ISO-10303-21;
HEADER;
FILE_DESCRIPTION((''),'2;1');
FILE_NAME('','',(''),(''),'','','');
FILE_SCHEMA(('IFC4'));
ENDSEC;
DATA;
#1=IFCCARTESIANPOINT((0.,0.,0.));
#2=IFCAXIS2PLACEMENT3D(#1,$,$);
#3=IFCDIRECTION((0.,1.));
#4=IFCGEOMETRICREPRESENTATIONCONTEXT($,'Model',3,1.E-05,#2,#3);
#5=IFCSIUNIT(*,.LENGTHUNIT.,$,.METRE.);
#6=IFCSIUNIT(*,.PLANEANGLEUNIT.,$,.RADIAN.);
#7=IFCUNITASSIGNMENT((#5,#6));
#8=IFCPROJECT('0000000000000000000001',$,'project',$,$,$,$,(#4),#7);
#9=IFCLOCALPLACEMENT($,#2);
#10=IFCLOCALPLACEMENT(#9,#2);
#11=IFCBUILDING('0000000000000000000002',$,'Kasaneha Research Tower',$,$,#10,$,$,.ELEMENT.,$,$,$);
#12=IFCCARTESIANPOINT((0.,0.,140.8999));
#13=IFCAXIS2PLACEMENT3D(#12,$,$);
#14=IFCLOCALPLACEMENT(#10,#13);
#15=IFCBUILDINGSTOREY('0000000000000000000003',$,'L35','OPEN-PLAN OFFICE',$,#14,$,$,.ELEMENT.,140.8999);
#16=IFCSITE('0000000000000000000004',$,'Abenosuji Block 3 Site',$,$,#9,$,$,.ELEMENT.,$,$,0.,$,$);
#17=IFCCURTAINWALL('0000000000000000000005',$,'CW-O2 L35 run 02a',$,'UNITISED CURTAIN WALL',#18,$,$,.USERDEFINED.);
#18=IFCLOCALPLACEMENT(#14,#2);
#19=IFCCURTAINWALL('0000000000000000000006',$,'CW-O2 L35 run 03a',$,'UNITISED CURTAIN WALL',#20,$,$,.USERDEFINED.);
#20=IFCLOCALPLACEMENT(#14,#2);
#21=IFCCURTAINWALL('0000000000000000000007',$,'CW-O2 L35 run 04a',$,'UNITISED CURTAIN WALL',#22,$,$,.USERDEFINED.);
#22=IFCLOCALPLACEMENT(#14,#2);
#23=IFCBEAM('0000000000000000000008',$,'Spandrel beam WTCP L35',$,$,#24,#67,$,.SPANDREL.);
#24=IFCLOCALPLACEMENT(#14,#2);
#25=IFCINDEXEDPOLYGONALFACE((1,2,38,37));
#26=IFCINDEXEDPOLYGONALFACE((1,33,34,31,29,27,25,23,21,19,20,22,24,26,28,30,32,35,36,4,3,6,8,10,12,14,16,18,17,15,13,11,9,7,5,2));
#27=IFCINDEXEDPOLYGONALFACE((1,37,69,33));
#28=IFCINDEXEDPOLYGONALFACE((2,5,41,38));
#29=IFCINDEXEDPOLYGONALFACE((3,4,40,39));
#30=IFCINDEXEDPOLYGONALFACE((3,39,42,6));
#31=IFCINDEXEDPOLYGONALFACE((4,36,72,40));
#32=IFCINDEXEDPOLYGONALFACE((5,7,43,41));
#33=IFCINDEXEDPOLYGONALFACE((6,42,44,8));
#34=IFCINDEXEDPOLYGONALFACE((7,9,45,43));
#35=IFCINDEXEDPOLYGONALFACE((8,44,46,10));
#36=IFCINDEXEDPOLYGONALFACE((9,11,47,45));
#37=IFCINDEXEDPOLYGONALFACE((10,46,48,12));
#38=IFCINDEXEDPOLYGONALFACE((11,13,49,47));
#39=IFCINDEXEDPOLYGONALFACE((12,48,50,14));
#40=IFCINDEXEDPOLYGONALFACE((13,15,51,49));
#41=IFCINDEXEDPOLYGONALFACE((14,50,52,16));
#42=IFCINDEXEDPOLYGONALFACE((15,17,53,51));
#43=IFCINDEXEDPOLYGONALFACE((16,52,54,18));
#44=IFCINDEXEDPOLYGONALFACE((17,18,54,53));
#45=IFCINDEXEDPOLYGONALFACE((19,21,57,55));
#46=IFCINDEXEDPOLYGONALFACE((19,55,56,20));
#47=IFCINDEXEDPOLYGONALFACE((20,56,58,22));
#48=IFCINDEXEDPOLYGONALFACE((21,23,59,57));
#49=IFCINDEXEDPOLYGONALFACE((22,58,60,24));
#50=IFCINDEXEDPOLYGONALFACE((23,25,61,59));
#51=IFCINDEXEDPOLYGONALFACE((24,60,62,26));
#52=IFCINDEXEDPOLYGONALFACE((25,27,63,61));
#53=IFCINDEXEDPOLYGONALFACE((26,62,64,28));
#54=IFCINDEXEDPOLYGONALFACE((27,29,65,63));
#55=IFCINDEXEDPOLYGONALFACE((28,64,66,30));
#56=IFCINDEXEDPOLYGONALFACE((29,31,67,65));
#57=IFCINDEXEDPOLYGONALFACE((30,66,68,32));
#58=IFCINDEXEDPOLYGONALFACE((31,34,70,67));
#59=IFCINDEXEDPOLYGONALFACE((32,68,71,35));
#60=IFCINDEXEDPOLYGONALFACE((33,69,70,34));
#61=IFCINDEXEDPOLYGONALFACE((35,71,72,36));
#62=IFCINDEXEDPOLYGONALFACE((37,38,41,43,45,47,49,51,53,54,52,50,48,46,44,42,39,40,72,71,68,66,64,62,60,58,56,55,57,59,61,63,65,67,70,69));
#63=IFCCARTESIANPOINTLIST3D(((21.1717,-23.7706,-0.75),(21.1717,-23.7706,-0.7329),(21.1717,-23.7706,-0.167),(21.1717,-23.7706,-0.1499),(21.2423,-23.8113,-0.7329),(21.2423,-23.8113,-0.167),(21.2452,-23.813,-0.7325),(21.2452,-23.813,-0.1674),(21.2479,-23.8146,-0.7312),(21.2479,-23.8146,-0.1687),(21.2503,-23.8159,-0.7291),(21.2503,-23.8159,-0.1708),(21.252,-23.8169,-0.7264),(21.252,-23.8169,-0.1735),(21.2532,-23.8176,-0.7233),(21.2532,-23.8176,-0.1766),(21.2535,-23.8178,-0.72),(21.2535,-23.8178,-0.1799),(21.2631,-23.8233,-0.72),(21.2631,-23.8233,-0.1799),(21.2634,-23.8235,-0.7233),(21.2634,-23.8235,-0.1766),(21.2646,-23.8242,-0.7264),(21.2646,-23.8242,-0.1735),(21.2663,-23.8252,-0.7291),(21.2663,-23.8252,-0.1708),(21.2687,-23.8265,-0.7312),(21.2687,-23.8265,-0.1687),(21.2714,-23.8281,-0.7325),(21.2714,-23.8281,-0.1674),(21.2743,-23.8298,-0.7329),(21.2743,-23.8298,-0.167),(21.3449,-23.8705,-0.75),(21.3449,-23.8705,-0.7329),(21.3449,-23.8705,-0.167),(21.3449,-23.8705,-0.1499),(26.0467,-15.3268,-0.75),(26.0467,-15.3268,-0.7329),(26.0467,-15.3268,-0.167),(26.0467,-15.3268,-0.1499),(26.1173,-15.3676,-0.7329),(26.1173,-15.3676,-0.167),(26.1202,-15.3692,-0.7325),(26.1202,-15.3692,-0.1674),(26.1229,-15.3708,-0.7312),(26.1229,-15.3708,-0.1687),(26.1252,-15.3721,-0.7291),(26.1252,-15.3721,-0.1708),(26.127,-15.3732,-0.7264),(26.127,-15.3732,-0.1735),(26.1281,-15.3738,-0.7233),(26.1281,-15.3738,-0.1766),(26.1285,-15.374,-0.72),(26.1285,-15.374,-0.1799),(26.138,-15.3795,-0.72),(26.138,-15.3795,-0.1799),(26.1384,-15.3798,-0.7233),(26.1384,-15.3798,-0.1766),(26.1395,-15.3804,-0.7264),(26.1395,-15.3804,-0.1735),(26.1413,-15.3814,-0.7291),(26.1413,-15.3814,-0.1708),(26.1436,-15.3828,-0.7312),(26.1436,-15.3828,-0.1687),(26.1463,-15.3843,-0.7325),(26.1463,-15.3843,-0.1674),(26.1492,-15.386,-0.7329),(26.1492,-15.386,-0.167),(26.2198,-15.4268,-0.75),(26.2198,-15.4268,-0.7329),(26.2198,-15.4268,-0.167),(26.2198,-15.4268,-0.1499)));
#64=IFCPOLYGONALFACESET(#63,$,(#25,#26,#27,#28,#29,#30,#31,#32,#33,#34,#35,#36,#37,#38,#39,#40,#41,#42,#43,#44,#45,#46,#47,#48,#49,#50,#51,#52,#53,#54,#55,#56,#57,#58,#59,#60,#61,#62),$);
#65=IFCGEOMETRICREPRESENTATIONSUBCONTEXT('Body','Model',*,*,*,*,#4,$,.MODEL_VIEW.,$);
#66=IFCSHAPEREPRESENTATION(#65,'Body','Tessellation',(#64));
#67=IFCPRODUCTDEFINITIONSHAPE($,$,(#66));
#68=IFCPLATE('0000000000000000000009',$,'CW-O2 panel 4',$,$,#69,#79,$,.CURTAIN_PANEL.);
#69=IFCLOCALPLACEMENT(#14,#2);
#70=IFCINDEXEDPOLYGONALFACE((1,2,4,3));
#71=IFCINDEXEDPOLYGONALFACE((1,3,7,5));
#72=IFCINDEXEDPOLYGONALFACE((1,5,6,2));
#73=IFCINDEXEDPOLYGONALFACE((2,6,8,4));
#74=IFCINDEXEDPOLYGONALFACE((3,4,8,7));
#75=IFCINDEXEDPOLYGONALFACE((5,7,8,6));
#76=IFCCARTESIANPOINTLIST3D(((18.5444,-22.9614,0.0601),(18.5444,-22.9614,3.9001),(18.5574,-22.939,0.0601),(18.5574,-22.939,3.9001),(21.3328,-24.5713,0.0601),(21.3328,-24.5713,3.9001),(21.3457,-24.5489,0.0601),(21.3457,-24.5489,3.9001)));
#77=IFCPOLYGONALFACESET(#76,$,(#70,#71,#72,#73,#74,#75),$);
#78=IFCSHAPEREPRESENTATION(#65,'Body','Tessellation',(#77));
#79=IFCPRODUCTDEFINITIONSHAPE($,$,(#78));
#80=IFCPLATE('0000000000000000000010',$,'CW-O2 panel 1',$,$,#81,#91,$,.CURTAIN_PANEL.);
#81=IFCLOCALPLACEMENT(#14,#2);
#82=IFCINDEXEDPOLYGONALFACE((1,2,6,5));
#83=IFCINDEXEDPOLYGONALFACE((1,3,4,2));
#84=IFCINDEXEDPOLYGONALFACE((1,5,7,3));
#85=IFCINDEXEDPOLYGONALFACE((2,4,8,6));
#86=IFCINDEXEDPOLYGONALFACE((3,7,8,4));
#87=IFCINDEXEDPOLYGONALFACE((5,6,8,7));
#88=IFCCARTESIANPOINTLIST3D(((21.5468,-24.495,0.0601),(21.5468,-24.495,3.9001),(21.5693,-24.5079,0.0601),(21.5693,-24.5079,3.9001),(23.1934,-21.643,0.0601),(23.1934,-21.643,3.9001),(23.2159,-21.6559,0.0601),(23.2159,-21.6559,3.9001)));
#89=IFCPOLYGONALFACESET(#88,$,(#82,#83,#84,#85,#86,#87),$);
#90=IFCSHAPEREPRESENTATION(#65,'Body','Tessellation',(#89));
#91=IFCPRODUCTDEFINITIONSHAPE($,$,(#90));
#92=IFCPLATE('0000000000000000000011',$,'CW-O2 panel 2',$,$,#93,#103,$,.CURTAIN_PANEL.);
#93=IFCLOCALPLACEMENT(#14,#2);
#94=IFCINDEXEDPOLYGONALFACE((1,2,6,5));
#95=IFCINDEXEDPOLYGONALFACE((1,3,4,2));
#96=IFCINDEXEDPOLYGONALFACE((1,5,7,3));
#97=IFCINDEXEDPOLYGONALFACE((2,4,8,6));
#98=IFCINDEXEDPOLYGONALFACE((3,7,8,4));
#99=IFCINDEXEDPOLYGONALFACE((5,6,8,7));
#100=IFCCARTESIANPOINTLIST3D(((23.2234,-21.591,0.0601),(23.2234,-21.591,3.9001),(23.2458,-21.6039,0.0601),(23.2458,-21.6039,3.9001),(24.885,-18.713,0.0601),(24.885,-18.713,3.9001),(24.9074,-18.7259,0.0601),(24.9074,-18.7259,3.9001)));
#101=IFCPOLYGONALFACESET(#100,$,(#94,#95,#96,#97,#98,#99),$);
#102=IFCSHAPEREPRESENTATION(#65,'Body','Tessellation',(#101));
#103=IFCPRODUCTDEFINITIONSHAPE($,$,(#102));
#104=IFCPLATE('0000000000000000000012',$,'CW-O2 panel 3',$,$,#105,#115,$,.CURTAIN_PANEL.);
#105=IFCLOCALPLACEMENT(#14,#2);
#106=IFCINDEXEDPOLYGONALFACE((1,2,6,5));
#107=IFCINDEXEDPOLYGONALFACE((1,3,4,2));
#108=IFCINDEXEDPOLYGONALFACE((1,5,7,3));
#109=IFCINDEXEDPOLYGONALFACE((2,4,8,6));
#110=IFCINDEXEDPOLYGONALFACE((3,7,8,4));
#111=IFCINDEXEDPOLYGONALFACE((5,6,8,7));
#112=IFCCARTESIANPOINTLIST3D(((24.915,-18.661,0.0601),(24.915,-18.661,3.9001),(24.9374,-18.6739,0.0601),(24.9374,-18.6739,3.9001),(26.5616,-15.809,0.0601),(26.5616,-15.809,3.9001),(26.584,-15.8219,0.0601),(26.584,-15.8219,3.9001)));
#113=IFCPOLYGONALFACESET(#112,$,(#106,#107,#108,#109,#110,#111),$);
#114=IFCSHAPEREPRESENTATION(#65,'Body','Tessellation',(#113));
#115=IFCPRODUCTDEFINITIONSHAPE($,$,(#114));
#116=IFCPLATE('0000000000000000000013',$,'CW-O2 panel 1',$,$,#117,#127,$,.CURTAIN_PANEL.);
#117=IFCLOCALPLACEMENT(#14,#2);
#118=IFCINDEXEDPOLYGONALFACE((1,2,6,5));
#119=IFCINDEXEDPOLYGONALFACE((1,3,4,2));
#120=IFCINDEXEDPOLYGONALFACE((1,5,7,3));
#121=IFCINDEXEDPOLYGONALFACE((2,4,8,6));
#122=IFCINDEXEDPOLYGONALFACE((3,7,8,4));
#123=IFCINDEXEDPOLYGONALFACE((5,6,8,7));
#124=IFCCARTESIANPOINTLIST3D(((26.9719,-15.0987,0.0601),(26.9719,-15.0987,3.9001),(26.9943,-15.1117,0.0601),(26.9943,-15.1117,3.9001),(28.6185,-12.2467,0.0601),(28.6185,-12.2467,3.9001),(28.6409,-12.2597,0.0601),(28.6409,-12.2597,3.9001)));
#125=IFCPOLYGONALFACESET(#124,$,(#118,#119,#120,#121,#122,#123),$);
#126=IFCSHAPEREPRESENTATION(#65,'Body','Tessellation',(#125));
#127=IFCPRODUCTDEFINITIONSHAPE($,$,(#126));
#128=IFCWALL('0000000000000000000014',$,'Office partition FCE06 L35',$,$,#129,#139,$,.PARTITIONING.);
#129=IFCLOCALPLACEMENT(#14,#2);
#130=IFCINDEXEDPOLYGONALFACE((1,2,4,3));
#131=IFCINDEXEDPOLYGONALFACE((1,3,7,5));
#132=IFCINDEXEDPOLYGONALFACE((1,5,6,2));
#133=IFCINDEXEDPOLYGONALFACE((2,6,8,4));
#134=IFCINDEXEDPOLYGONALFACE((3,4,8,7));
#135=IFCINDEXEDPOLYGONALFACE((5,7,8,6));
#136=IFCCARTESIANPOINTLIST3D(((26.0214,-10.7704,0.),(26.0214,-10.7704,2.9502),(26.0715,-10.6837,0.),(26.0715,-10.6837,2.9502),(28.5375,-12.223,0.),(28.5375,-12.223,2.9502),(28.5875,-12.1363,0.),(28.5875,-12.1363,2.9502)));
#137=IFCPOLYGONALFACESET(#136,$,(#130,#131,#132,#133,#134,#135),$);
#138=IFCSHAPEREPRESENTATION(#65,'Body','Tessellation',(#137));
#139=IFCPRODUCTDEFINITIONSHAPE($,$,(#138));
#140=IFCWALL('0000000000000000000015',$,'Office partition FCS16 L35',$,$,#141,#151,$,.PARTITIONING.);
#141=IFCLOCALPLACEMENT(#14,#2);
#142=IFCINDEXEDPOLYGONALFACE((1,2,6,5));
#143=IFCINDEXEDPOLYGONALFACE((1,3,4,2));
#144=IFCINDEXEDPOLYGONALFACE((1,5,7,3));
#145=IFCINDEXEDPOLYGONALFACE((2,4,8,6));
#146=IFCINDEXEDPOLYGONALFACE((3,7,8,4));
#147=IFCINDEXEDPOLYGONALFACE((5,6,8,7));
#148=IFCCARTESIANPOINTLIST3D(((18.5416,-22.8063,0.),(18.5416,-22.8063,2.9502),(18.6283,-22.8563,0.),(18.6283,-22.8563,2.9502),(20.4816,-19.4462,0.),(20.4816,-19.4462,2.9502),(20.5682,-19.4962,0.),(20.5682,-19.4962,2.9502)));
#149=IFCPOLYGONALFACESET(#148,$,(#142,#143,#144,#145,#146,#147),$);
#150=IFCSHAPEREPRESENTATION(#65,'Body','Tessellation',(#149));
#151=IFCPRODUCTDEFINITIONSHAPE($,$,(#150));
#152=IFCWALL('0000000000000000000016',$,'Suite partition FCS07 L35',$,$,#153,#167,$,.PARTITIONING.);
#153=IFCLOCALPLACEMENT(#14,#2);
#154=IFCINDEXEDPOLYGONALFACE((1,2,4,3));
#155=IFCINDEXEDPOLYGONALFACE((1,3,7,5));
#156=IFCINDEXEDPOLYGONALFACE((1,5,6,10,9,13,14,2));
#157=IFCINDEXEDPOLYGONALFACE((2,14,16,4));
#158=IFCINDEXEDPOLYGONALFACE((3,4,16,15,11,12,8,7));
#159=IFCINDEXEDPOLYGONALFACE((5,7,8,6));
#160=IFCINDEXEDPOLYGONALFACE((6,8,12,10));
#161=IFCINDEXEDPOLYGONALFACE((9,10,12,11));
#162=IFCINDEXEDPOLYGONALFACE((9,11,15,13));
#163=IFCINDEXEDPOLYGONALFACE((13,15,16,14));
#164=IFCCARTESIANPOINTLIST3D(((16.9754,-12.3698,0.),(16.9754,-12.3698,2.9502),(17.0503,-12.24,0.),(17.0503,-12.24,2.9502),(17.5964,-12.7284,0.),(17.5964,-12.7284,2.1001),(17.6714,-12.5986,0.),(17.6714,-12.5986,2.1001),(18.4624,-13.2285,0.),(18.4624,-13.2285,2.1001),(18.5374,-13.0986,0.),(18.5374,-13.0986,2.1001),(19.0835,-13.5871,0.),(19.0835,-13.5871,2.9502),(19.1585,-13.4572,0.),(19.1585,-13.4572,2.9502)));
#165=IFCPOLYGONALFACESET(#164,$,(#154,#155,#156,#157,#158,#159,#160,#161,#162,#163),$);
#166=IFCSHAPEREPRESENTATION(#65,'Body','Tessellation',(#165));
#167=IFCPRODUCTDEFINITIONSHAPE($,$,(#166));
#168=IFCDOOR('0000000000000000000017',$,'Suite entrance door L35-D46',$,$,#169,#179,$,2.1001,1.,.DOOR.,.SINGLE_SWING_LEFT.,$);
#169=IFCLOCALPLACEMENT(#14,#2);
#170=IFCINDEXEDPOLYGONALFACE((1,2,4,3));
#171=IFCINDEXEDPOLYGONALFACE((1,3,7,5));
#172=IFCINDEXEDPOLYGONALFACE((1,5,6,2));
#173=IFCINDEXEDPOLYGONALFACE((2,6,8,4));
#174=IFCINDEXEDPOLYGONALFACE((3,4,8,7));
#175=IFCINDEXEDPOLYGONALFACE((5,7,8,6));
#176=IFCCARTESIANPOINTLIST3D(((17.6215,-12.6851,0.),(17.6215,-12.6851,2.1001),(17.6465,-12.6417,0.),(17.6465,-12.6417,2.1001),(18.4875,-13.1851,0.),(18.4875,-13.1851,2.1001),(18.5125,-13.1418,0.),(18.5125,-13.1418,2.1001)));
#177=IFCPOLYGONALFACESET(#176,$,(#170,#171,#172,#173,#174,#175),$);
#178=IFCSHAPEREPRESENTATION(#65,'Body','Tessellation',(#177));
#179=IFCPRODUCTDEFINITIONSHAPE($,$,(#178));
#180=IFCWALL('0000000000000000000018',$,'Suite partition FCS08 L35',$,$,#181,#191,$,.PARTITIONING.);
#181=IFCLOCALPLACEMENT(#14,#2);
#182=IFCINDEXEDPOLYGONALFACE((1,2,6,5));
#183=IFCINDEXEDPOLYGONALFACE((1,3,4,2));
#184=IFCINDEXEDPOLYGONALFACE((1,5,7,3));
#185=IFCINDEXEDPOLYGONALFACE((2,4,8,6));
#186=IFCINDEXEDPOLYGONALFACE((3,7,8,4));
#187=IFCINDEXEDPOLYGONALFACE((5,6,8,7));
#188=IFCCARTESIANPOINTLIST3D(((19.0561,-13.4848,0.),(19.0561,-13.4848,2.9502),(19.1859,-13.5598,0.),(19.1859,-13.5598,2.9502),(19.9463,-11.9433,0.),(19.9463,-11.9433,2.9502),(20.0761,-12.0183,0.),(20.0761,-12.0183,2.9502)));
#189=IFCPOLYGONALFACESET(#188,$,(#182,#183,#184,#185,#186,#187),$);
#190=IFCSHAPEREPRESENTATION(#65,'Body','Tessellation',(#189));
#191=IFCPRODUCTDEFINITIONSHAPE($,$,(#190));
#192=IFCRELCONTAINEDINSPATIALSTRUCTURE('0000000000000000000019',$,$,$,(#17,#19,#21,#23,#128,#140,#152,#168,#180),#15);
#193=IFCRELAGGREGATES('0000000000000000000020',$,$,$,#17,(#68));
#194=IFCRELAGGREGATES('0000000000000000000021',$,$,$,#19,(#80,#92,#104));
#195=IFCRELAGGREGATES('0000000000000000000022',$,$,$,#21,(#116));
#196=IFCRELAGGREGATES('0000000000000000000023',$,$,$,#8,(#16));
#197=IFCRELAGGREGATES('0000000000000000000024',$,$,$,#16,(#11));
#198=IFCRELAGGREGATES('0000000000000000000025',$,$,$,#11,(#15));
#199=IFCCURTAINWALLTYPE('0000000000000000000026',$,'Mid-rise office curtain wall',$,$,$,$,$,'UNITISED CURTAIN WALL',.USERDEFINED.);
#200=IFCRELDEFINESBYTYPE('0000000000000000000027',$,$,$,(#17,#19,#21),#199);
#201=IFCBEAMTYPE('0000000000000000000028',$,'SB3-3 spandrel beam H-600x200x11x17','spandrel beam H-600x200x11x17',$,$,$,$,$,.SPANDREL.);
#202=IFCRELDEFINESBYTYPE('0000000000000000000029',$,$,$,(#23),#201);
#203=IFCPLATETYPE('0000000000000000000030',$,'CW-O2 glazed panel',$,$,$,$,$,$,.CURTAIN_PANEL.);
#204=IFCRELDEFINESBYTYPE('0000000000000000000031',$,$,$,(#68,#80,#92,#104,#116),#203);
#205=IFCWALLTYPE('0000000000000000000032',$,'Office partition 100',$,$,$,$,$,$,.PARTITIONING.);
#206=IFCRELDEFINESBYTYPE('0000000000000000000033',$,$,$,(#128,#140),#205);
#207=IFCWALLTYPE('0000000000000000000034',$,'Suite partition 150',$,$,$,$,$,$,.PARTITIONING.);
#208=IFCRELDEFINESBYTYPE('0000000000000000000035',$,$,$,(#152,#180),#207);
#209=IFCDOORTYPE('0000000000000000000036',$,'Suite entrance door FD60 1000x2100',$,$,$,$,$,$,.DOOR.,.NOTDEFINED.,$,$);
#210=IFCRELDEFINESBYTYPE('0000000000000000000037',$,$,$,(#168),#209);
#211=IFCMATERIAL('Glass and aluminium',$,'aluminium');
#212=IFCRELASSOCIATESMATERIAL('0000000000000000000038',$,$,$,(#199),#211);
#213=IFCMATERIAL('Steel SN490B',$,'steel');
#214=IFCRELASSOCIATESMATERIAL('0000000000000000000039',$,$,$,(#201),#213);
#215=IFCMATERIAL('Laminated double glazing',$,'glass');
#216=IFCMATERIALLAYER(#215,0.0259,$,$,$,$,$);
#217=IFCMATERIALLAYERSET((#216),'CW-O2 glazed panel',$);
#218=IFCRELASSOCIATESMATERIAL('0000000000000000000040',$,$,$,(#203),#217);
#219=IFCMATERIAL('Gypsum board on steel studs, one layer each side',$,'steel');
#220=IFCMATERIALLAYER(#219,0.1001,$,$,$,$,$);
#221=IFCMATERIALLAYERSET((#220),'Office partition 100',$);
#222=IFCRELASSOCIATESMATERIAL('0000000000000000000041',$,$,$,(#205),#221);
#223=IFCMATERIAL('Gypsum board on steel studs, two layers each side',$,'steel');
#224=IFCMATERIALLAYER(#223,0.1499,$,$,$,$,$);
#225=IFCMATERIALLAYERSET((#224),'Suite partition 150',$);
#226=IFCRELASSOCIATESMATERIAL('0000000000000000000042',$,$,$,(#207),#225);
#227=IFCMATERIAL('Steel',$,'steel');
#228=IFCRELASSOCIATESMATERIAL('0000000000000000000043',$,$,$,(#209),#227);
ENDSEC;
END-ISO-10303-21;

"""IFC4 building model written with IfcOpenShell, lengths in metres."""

from ifc_helpers import new_model, si_unit, direction, frame, frame_2d, origin, origin_2d, place, context, subcontext, project, spatial, rectangle, i_section, extrude, material, layer, layer_set, material_profile, profile_set, type_object, element, fill, aggregate, save


model = new_model("IFC4")

# Units and contexts
model_context = context("Model", 3, precision=1e-05, world=origin(), true_north=direction((0.0, 1.0)))
body_context = subcontext(model_context, "Body", "Model", "MODEL_VIEW")
ifc_project = project(units=[si_unit("LENGTHUNIT", "METRE"), si_unit("PLANEANGLEUNIT", "RADIAN")], contexts=[model_context])

# Site, building, storey
site_placement = place(None, origin())
site = spatial("IfcSite", under=ifc_project, at=site_placement, Name="Abenosuji Block 3 Site", CompositionType="ELEMENT", RefElevation=0.0)
building_placement = place(site_placement, origin())
building = spatial("IfcBuilding", under=site, at=building_placement, Name="Kasaneha Research Tower", CompositionType="ELEMENT")
storey_placement = place(building_placement, frame((0.0, 0.0, 140.8999)))
storey = spatial("IfcBuildingStorey", under=building, at=storey_placement, Name="L35", Description="OPEN-PLAN OFFICE", CompositionType="ELEMENT", Elevation=140.8999)

# Curtain wall
ifc_material_1 = material(Name="Glass and aluminium", Category="aluminium")
curtain_wall_type = type_object("IfcCurtainWallType", Name="Mid-rise office curtain wall", ElementType="UNITISED CURTAIN WALL", PredefinedType="USERDEFINED", material=ifc_material_1)
curtain_wall_1_placement = place(storey_placement, origin())
curtain_wall_1 = element("IfcCurtainWall", 1, at=curtain_wall_1_placement, inside=storey, type_object=curtain_wall_type, Name="CW-O2 L35 run 02a", ObjectType="UNITISED CURTAIN WALL", PredefinedType="USERDEFINED")

# Curtain walls
curtain_wall_2_placement = place(storey_placement, origin())
curtain_wall_2 = element("IfcCurtainWall", 2, at=curtain_wall_2_placement, inside=storey, type_object=curtain_wall_type, Name="CW-O2 L35 run 03a", ObjectType="UNITISED CURTAIN WALL", PredefinedType="USERDEFINED")
curtain_wall_3_placement = place(storey_placement, origin())
curtain_wall_3 = element("IfcCurtainWall", 3, at=curtain_wall_3_placement, inside=storey, type_object=curtain_wall_type, Name="CW-O2 L35 run 04a", ObjectType="UNITISED CURTAIN WALL", PredefinedType="USERDEFINED")

# Beam
ifc_material_2 = material(Name="Steel SN490B", Category="steel")
ifc_material_profile_1 = material_profile(ifc_material_2, i_section(OverallWidth=0.2, OverallDepth=0.6001, WebThickness=0.011, FlangeThickness=0.0171, FilletRadius=0.0129, at=origin_2d()), Name="H-600x200x11x17")
ifc_profile_set_1 = profile_set([ifc_material_profile_1], Name="Steel SN490B")
beam_type = type_object("IfcBeamType", Name="SB3-3 spandrel beam H-600x200x11x17", Description="spandrel beam H-600x200x11x17", PredefinedType="SPANDREL", material=ifc_profile_set_1)
beam_placement = place(storey_placement, frame((21.2583, -23.8206, -0.45), z_axis=(0.499996, 0.866028, 0.0), x_axis=(-0.866028, 0.499996, 0.0)))
element("IfcBeam", 4, at=beam_placement, inside=storey, type_object=beam_type, Name="Spandrel beam WTCP L35", PredefinedType="SPANDREL", context=body_context, shape_type="SweptSolid", body=[
    extrude(i_section(OverallWidth=0.2, OverallDepth=0.6001, WebThickness=0.011, FlangeThickness=0.0171, FilletRadius=0.0129, at=origin_2d()), origin(), (0.0, 0.0, 1.0), 9.75),
])

# Plates
ifc_material_3 = material(Name="Laminated double glazing", Category="glass")
ifc_layer_1 = layer(ifc_material_3, 0.0259)
ifc_layer_set_1 = layer_set([ifc_layer_1], Name="CW-O2 glazed panel")
plate_type = type_object("IfcPlateType", Name="CW-O2 glazed panel", PredefinedType="CURTAIN_PANEL", material=ifc_layer_set_1)
plate_1_placement = place(storey_placement, frame((19.9451, -23.7551, 0.0601), z_axis=(0.0, 0.0, 1.0), x_axis=(0.866025, -0.5, 0.0)))
plate_1 = element("IfcPlate", 5, at=plate_1_placement, type_object=plate_type, Name="CW-O2 panel 4", PredefinedType="CURTAIN_PANEL", context=body_context, shape_type="SweptSolid", body=[
    extrude(rectangle(XDim=3.2197, YDim=0.0259, at=origin_2d()), origin(), (0.0, 0.0, 1.0), 3.8401),
])
aggregate(curtain_wall_1, [plate_1])
plate_2_placement = place(storey_placement, frame((22.3813, -23.0754, 0.0601), z_axis=(0.0, 0.0, 1.0), x_axis=(0.5, 0.866025, 0.0)))
plate_2 = element("IfcPlate", 6, at=plate_2_placement, type_object=plate_type, Name="CW-O2 panel 1", PredefinedType="CURTAIN_PANEL", context=body_context, shape_type="SweptSolid", body=[
    extrude(rectangle(XDim=3.2932, YDim=0.0259, at=origin_2d()), origin(), (0.0, 0.0, 1.0), 3.8401),
])
plate_3_placement = place(storey_placement, frame((24.0654, -20.1584, 0.0601), z_axis=(0.0, 0.0, 1.0), x_axis=(0.5, 0.866025, 0.0)))
plate_3 = element("IfcPlate", 7, at=plate_3_placement, type_object=plate_type, Name="CW-O2 panel 2", PredefinedType="CURTAIN_PANEL", context=body_context, shape_type="SweptSolid", body=[
    extrude(rectangle(XDim=3.3232, YDim=0.0259, at=origin_2d()), origin(), (0.0, 0.0, 1.0), 3.8401),
])
plate_4_placement = place(storey_placement, frame((25.7495, -17.2415, 0.0601), z_axis=(0.0, 0.0, 1.0), x_axis=(0.5, 0.866025, 0.0)))
plate_4 = element("IfcPlate", 8, at=plate_4_placement, type_object=plate_type, Name="CW-O2 panel 3", PredefinedType="CURTAIN_PANEL", context=body_context, shape_type="SweptSolid", body=[
    extrude(rectangle(XDim=3.2932, YDim=0.0259, at=origin_2d()), origin(), (0.0, 0.0, 1.0), 3.8401),
])
aggregate(curtain_wall_2, [plate_2, plate_3, plate_4])
plate_5_placement = place(storey_placement, frame((27.8064, -13.6792, 0.0601), z_axis=(0.0, 0.0, 1.0), x_axis=(0.5, 0.866025, 0.0)))
plate_5 = element("IfcPlate", 9, at=plate_5_placement, type_object=plate_type, Name="CW-O2 panel 1", PredefinedType="CURTAIN_PANEL", context=body_context, shape_type="SweptSolid", body=[
    extrude(rectangle(XDim=3.2932, YDim=0.0259, at=origin_2d()), origin(), (0.0, 0.0, 1.0), 3.8401),
])
aggregate(curtain_wall_3, [plate_5])

# Walls
ifc_material_4 = material(Name="Gypsum board on steel studs, one layer each side", Category="steel")
ifc_layer_2 = layer(ifc_material_4, 0.1001)
ifc_layer_set_2 = layer_set([ifc_layer_2], Name="Office partition 100")
wall_type_1 = type_object("IfcWallType", Name="Office partition 100", PredefinedType="PARTITIONING", material=ifc_layer_set_2)
wall_1_placement = place(storey_placement, frame((28.5625, -12.1797, 0.0), z_axis=(0.0, 0.0, 1.0), x_axis=(-0.866032, 0.499989, 0.0)))
element("IfcWall", 10, at=wall_1_placement, inside=storey, type_object=wall_type_1, Name="Office partition FCE06 L35", PredefinedType="PARTITIONING", context=body_context, shape_type="SweptSolid", body=[
    extrude(rectangle(XDim=2.9053, YDim=0.1001, at=frame_2d((1.4526, 0.0))), origin(), (0.0, 0.0, 1.0), 2.9502),
])
wall_2_placement = place(storey_placement, frame((20.5249, -19.4712, 0.0), z_axis=(0.0, 0.0, 1.0), x_axis=(-0.499997, -0.866027, 0.0)))
element("IfcWall", 11, at=wall_2_placement, inside=storey, type_object=wall_type_1, Name="Office partition FCS16 L35", PredefinedType="PARTITIONING", context=body_context, shape_type="SweptSolid", body=[
    extrude(rectangle(XDim=3.8799, YDim=0.1001, at=frame_2d((1.9399, 0.0))), origin(), (0.0, 0.0, 1.0), 2.9502),
])

# Wall, opening, door
ifc_material_5 = material(Name="Gypsum board on steel studs, two layers each side", Category="steel")
ifc_layer_3 = layer(ifc_material_5, 0.1499)
ifc_layer_set_3 = layer_set([ifc_layer_3], Name="Suite partition 150")
wall_type_2 = type_object("IfcWallType", Name="Suite partition 150", PredefinedType="PARTITIONING", material=ifc_layer_set_3)
wall_3_placement = place(storey_placement, frame((19.1211, -13.5222, 0.0), z_axis=(0.0, 0.0, 1.0), x_axis=(-0.866, 0.500044, 0.0)))
wall_3 = element("IfcWall", 12, at=wall_3_placement, inside=storey, type_object=wall_type_2, Name="Suite partition FCS07 L35", PredefinedType="PARTITIONING", context=body_context, shape_type="SweptSolid", body=[
    extrude(rectangle(XDim=2.4343, YDim=0.1499, at=frame_2d((1.2173, 0.0))), origin(), (0.0, 0.0, 1.0), 2.9502),
])
opening_placement = place(wall_3_placement, frame((0.7173, 0.0, 0.0)))
opening = element("IfcOpeningElement", 13, at=opening_placement, cuts=wall_3, PredefinedType="OPENING", context=body_context, shape_type="SweptSolid", body=[
    extrude(rectangle(XDim=1.0, YDim=2.1001, at=frame_2d((0.5, 1.05))), frame((0.0, 0.085, 0.0), z_axis=(0.0, -1.0, 0.0), x_axis=(1.0, 0.0, 0.0)), (0.0, 0.0, 1.0), 0.1699),
])
ifc_material_6 = material(Name="Steel", Category="steel")
door_type = type_object("IfcDoorType", Name="Suite entrance door FD60 1000x2100", OperationType="NOTDEFINED", PredefinedType="DOOR", material=ifc_material_6)
door_placement = place(opening_placement, origin())
door = element("IfcDoor", 14, at=door_placement, inside=storey, type_object=door_type, Name="Suite entrance door L35-D46", OperationType="SINGLE_SWING_LEFT", OverallHeight=2.1001, OverallWidth=1.0, PredefinedType="DOOR", context=body_context, shape_type="SweptSolid", body=[
    extrude(rectangle(XDim=1.0, YDim=2.1001, at=frame_2d((0.5, 1.05))), frame((0.0, 0.0249, 0.0), z_axis=(0.0, -1.0, 0.0), x_axis=(1.0, 0.0, 0.0)), (0.0, 0.0, 1.0), 0.05),
])
fill(opening, door)

# Wall
wall_4_placement = place(storey_placement, frame((20.0112, -11.9807, 0.0), z_axis=(0.0, 0.0, 1.0), x_axis=(-0.500063, -0.865989, 0.0)))
element("IfcWall", 15, at=wall_4_placement, inside=storey, type_object=wall_type_2, Name="Suite partition FCS08 L35", PredefinedType="PARTITIONING", context=body_context, shape_type="SweptSolid", body=[
    extrude(rectangle(XDim=1.78, YDim=0.1499, at=frame_2d((0.8901, 0.0))), origin(), (0.0, 0.0, 1.0), 2.9502),
])

save(model, "model.ifc")
